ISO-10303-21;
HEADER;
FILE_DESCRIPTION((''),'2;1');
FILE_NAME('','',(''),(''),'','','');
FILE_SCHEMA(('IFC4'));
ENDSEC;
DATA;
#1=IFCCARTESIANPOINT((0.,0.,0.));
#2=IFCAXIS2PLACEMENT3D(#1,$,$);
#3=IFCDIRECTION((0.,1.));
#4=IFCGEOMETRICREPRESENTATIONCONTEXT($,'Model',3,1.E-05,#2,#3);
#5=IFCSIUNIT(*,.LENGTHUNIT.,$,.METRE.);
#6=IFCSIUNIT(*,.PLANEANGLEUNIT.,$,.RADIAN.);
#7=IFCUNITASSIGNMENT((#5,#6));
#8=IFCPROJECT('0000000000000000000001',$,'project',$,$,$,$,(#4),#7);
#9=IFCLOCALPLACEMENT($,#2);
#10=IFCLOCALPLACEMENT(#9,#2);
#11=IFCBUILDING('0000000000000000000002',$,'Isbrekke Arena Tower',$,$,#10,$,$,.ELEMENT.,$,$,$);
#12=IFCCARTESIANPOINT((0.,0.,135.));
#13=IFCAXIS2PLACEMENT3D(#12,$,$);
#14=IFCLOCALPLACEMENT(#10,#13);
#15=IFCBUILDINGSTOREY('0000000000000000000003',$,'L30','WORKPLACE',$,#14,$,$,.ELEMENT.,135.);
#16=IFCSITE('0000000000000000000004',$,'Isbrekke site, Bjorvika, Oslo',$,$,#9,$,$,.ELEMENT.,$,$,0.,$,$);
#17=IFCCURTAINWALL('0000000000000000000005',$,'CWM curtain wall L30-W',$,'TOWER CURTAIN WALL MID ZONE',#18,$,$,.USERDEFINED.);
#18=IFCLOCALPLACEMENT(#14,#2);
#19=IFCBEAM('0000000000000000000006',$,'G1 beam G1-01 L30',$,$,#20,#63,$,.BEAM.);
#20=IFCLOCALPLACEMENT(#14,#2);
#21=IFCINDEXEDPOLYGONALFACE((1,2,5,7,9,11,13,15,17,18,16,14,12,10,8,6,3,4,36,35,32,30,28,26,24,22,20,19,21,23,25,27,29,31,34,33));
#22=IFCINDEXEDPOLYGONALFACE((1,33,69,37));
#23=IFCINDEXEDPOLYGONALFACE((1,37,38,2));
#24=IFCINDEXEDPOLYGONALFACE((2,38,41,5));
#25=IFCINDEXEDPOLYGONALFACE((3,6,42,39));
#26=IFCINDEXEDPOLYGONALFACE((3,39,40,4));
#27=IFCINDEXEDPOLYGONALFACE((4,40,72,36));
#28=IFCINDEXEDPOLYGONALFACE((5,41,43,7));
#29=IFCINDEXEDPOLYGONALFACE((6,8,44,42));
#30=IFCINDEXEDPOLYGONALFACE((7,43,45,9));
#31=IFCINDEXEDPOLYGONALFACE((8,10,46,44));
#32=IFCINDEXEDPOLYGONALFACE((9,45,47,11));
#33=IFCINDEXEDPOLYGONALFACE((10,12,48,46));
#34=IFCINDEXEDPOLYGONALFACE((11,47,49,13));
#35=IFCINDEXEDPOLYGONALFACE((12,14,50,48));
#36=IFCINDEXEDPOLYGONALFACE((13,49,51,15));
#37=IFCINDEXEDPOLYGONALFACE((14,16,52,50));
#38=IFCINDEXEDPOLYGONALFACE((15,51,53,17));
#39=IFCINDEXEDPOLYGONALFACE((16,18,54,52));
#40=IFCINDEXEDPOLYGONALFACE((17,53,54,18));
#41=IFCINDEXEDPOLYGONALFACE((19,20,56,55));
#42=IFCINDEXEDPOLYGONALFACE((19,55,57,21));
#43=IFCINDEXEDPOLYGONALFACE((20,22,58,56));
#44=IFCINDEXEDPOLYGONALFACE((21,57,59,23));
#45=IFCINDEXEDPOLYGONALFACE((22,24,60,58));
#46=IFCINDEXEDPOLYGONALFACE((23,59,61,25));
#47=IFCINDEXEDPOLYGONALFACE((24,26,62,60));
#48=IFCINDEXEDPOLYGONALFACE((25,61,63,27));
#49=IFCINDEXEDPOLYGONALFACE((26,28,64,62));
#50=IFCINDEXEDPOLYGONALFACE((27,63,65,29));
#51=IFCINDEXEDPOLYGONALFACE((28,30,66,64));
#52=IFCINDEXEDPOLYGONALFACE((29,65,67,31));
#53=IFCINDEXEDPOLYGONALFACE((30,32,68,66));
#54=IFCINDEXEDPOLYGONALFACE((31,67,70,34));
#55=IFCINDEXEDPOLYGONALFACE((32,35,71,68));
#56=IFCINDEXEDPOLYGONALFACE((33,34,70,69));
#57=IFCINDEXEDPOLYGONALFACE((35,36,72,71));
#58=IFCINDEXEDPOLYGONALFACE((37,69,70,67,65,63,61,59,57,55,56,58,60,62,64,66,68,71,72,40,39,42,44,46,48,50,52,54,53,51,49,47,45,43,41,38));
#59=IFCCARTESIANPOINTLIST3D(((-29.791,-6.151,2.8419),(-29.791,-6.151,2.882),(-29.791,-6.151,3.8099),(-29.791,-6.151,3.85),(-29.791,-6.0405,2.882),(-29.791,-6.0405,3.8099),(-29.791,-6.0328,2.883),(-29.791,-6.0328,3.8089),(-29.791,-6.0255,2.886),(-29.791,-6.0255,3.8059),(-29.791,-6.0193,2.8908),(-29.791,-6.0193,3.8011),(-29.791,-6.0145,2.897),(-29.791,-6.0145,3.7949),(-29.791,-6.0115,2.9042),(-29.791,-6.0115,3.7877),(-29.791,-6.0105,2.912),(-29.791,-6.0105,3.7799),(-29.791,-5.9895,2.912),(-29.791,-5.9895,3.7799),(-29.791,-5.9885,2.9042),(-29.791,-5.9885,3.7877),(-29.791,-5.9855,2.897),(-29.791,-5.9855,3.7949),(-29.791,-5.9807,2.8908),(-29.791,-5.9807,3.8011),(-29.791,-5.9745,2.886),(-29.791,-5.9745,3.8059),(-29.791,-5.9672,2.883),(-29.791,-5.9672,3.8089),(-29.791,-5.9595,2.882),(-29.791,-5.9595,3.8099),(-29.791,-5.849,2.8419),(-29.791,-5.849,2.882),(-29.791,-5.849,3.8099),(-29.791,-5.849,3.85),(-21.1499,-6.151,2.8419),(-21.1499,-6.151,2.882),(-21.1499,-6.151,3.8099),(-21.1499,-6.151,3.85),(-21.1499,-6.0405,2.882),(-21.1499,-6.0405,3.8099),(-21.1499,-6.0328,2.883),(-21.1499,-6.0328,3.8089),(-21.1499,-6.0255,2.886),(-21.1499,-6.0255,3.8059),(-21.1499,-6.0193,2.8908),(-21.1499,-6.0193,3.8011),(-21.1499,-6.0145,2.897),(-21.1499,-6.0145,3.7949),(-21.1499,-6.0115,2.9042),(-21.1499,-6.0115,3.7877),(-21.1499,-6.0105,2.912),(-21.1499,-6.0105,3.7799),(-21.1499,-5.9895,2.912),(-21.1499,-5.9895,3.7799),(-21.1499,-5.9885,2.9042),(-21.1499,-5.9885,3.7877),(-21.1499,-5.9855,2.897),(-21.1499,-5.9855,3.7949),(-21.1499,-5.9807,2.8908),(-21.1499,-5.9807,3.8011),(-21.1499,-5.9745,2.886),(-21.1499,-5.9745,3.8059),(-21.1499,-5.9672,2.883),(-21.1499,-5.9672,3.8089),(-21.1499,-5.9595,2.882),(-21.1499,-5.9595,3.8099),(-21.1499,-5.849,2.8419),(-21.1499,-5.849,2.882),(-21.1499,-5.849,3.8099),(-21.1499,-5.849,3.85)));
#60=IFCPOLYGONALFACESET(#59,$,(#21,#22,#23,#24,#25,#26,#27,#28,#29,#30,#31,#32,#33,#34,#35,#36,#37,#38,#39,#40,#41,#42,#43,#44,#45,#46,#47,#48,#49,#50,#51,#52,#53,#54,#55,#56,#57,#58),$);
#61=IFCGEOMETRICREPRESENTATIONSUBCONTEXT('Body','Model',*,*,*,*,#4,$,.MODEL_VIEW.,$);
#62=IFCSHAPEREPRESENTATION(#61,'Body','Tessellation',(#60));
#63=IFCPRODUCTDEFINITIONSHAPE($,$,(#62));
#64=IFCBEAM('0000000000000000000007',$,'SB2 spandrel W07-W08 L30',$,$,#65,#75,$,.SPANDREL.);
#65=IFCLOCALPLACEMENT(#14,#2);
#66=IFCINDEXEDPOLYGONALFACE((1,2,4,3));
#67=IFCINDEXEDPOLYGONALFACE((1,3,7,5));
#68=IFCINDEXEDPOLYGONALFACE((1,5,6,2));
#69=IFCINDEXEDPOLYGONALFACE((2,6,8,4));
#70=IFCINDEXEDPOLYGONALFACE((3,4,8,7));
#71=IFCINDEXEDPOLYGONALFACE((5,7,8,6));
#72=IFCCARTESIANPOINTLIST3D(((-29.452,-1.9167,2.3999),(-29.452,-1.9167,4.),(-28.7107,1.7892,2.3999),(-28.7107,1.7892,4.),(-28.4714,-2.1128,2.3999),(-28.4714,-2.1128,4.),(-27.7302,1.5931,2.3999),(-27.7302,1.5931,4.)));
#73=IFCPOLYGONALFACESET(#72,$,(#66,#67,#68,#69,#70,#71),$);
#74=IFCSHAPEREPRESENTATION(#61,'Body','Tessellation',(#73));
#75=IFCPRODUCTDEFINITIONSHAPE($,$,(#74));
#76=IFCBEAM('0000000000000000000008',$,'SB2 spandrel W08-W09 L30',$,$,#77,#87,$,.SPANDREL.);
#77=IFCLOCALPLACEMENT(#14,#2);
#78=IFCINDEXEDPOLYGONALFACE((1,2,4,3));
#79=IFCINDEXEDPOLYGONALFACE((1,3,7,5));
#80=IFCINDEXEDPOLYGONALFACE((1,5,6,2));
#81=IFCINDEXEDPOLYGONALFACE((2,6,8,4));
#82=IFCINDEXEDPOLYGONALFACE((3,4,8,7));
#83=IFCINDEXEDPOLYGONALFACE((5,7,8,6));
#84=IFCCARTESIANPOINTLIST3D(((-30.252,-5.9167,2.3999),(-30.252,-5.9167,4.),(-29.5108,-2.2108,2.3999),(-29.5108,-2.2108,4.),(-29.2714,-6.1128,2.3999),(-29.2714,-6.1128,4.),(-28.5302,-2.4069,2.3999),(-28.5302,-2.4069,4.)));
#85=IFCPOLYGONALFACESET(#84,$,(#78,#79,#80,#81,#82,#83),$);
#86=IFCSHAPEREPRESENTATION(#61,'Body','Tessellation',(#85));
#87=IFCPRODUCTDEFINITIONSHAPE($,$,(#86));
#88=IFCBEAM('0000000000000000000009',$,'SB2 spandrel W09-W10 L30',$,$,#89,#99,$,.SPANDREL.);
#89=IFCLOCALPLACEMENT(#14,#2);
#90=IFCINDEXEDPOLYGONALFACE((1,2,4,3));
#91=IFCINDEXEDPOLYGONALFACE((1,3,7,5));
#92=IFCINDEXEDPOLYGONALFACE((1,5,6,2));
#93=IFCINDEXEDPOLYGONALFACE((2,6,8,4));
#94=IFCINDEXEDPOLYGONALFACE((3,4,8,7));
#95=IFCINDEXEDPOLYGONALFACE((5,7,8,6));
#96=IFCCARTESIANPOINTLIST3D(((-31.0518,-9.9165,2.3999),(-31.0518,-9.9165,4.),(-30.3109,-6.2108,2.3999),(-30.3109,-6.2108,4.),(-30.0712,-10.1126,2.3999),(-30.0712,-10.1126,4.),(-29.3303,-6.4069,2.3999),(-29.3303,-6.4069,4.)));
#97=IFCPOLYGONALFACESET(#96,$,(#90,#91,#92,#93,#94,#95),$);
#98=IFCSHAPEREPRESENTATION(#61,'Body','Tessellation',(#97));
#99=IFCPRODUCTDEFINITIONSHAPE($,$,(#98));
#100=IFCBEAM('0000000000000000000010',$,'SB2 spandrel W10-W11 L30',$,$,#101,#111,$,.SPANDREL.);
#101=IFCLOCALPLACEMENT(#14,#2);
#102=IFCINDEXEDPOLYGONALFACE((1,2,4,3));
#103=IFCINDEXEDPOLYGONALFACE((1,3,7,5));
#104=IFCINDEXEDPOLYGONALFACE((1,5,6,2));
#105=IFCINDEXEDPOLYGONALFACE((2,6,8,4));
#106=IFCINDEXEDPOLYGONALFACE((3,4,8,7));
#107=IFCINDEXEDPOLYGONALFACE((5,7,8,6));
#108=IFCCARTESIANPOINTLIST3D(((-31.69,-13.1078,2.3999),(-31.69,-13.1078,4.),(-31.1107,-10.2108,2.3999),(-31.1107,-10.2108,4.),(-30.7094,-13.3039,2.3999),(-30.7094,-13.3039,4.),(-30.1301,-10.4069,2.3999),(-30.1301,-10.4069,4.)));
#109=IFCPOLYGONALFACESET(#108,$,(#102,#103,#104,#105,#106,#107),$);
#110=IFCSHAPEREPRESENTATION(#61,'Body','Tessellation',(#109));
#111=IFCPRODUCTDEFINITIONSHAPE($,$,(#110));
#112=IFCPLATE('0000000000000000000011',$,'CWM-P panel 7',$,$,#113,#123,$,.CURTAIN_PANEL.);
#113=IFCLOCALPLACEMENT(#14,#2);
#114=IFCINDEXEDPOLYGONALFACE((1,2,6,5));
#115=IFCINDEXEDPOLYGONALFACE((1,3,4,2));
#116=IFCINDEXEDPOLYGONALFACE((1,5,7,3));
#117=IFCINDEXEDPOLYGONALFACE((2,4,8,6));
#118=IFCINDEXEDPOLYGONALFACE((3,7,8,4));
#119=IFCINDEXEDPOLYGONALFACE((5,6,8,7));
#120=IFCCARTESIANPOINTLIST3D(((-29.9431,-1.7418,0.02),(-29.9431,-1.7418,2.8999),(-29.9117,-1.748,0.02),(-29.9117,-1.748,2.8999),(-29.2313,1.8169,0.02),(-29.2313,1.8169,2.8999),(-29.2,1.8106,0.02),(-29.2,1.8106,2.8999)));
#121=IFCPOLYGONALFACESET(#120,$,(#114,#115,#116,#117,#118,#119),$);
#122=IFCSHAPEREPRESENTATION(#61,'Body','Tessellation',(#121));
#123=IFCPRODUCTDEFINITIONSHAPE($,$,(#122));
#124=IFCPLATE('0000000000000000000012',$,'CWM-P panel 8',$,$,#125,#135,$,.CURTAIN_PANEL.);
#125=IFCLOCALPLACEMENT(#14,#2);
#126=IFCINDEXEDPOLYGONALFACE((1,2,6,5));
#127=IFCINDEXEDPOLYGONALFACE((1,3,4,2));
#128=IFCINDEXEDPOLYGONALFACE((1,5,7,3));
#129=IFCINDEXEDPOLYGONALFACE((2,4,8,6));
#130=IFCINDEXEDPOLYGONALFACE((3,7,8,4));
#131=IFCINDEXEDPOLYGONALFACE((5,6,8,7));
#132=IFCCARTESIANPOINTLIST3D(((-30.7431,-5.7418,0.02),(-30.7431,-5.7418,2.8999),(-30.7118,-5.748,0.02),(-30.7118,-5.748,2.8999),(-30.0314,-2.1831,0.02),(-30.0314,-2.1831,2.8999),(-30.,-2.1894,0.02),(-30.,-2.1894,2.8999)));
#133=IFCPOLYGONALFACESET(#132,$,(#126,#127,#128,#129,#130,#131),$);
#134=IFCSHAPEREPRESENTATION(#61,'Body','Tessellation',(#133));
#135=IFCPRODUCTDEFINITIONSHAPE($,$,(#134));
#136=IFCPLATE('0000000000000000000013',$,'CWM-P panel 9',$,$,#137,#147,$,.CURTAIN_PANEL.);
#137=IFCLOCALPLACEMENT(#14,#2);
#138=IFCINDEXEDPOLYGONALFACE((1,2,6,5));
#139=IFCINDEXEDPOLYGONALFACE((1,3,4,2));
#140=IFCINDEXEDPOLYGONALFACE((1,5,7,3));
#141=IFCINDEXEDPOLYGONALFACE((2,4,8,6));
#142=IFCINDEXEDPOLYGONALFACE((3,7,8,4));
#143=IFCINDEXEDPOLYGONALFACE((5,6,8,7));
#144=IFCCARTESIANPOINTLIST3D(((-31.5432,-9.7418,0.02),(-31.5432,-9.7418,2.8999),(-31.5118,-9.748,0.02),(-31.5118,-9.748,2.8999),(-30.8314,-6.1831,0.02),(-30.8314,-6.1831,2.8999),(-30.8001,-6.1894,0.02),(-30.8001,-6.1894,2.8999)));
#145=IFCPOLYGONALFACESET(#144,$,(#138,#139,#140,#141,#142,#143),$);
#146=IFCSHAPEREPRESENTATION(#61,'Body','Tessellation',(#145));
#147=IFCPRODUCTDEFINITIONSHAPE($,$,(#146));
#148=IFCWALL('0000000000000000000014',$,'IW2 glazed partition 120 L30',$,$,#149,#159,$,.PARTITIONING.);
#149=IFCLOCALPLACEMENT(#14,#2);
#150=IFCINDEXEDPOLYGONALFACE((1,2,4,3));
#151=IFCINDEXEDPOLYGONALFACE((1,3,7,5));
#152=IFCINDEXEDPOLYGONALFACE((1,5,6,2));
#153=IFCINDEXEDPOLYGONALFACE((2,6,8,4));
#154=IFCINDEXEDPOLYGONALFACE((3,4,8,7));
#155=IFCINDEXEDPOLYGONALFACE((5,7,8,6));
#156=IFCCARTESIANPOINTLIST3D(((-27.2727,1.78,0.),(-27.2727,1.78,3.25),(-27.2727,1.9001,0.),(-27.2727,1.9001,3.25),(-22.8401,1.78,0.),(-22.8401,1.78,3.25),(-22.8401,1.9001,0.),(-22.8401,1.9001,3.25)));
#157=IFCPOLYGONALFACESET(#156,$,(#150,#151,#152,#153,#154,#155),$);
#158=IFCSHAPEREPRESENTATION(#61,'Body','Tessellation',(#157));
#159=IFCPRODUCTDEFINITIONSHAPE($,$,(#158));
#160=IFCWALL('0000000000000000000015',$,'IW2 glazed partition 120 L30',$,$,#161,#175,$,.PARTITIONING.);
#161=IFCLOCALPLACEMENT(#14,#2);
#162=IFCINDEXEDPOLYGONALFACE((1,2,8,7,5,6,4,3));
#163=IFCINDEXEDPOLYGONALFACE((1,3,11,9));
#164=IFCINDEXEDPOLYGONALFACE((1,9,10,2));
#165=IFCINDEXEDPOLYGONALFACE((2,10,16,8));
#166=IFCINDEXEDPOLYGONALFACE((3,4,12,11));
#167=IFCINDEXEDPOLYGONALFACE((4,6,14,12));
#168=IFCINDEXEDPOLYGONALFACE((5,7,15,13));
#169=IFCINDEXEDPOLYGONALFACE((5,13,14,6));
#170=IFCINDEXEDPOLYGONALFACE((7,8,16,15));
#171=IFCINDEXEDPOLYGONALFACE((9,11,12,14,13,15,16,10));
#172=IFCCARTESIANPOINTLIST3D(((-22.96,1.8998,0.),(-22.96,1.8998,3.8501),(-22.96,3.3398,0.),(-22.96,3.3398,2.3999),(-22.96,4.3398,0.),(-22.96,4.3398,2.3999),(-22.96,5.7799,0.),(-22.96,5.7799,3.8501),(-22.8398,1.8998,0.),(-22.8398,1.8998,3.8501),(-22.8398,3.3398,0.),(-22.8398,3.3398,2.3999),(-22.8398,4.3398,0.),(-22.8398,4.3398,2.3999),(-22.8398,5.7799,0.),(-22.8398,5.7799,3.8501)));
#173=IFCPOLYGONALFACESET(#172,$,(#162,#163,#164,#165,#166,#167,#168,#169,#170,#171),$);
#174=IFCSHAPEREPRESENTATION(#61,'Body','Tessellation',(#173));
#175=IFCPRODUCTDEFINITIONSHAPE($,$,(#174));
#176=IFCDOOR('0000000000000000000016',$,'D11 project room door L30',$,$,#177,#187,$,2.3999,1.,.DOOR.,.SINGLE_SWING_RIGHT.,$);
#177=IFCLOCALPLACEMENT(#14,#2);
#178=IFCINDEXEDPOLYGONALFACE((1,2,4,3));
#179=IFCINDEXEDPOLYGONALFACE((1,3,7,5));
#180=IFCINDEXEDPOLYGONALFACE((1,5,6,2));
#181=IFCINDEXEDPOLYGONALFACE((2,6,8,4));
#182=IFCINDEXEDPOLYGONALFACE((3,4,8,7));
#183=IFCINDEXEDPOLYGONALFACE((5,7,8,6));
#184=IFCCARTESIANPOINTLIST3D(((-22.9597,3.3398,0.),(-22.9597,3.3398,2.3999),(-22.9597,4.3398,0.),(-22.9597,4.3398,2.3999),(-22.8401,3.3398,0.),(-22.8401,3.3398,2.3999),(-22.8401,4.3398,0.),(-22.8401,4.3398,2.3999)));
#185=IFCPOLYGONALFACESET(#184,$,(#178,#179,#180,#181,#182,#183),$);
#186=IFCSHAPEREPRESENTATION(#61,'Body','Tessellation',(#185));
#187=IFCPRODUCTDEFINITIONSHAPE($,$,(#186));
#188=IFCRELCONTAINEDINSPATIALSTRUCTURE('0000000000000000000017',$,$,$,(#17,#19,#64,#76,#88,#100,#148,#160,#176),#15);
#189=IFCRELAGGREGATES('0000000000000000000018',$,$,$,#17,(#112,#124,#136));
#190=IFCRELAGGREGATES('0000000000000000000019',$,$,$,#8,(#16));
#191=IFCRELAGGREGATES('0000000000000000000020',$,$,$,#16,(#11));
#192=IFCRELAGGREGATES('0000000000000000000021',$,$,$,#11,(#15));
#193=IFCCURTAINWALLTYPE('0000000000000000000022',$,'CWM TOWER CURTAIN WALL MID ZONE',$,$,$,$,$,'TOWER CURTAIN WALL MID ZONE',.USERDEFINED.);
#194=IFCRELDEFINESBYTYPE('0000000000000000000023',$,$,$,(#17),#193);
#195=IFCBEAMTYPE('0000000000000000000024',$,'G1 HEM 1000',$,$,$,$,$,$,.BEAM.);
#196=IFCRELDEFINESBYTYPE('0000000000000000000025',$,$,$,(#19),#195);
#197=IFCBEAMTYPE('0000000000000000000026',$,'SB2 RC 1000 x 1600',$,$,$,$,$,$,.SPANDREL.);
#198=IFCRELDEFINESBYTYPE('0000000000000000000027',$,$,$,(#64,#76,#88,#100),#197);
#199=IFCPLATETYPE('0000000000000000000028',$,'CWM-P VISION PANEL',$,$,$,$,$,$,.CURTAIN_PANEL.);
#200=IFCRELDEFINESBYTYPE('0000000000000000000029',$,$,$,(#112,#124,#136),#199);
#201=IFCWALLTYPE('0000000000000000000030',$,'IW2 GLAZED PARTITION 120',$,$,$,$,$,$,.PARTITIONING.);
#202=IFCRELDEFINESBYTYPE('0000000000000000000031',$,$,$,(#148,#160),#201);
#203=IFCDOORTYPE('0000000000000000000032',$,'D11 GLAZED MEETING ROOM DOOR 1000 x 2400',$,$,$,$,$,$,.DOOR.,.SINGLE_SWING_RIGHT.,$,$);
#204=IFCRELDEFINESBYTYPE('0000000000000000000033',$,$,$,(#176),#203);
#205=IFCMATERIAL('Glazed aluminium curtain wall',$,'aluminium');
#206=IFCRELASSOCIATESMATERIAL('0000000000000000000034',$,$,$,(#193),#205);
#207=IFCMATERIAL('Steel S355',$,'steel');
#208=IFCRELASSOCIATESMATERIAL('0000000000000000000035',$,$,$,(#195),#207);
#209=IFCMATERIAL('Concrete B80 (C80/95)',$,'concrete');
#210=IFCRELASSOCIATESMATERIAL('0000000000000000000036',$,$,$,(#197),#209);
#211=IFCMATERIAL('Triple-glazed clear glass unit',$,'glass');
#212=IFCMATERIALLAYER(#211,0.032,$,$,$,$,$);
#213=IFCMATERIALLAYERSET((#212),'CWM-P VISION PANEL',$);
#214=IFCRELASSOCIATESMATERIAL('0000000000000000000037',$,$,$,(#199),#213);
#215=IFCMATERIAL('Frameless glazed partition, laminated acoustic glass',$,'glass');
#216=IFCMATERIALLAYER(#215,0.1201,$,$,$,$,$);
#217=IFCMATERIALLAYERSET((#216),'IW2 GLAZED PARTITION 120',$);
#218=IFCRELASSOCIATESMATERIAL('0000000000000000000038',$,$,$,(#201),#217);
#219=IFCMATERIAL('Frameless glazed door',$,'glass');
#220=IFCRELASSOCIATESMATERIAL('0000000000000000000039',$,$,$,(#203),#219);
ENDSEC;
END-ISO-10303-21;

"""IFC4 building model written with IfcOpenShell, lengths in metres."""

from ifc_helpers import new_model, si_unit, direction, frame, frame_2d, origin, origin_2d, place, context, subcontext, project, spatial, rectangle, i_section, extrude, material, layer, layer_set, material_profile, profile_set, type_object, element, fill, aggregate, save


model = new_model("IFC4")

# Units and contexts
model_context = context("Model", 3, precision=1e-05, world=origin(), true_north=direction((0.0, 1.0)))
body_context = subcontext(model_context, "Body", "Model", "MODEL_VIEW")
ifc_project = project(units=[si_unit("LENGTHUNIT", "METRE"), si_unit("PLANEANGLEUNIT", "RADIAN")], contexts=[model_context])

# Site, building, storey
site_placement = place(None, origin())
site = spatial("IfcSite", under=ifc_project, at=site_placement, Name="Isbrekke site, Bjorvika, Oslo", CompositionType="ELEMENT", RefElevation=0.0)
building_placement = place(site_placement, origin())
building = spatial("IfcBuilding", under=site, at=building_placement, Name="Isbrekke Arena Tower", CompositionType="ELEMENT")
storey_placement = place(building_placement, frame((0.0, 0.0, 135.0)))
storey = spatial("IfcBuildingStorey", under=building, at=storey_placement, Name="L30", Description="WORKPLACE", CompositionType="ELEMENT", Elevation=135.0)

# Curtain wall
ifc_material_1 = material(Name="Glazed aluminium curtain wall", Category="aluminium")
curtain_wall_type = type_object("IfcCurtainWallType", Name="CWM TOWER CURTAIN WALL MID ZONE", ElementType="TOWER CURTAIN WALL MID ZONE", PredefinedType="USERDEFINED", material=ifc_material_1)
curtain_wall_placement = place(storey_placement, origin())
curtain_wall = element("IfcCurtainWall", 1, at=curtain_wall_placement, inside=storey, type_object=curtain_wall_type, Name="CWM curtain wall L30-W", ObjectType="TOWER CURTAIN WALL MID ZONE", PredefinedType="USERDEFINED")

# Beams
ifc_material_2 = material(Name="Steel S355", Category="steel")
ifc_material_profile_1 = material_profile(ifc_material_2, i_section(OverallWidth=0.302, OverallDepth=1.0081, WebThickness=0.021, FlangeThickness=0.04, FilletRadius=0.03, at=origin_2d()), Name="HEM 1000")
ifc_profile_set_1 = profile_set([ifc_material_profile_1], Name="Steel S355")
beam_type_1 = type_object("IfcBeamType", Name="G1 HEM 1000", PredefinedType="BEAM", material=ifc_profile_set_1)
beam_1_placement = place(storey_placement, frame((-29.791, -6.0, 3.3459), z_axis=(1.0, 0.0, 0.0), x_axis=(0.0, 1.0, 0.0)))
element("IfcBeam", 2, at=beam_1_placement, inside=storey, type_object=beam_type_1, Name="G1 beam G1-01 L30", PredefinedType="BEAM", context=body_context, shape_type="SweptSolid", body=[
    extrude(i_section(OverallWidth=0.302, OverallDepth=1.0081, WebThickness=0.021, FlangeThickness=0.04, FilletRadius=0.03, at=origin_2d()), origin(), (0.0, 0.0, 1.0), 8.6411),
])
ifc_material_3 = material(Name="Concrete B80 (C80/95)", Category="concrete")
ifc_material_profile_2 = material_profile(ifc_material_3, rectangle(XDim=1.0, YDim=1.6001, at=origin_2d()), Name="RC 1000x1600")
ifc_profile_set_2 = profile_set([ifc_material_profile_2], Name="Concrete B80 (C80/95)")
beam_type_2 = type_object("IfcBeamType", Name="SB2 RC 1000 x 1600", PredefinedType="SPANDREL", material=ifc_profile_set_2)
for number, where, z_axis, x_axis, name in (
    (3, (-28.2205, 1.6912, 3.2), (-0.196129, -0.980578, 0.0), (0.980578, -0.196129, 0.0), "SB2 spandrel W07-W08 L30"),
    (4, (-29.0205, -2.3088, 3.2), (-0.196129, -0.980578, 0.0), (0.980578, -0.196129, 0.0), "SB2 spandrel W08-W09 L30"),
):
    element("IfcBeam", number, at=place(storey_placement, frame(where, z_axis=z_axis, x_axis=x_axis)), inside=storey, type_object=beam_type_2, Name=name, PredefinedType="SPANDREL", context=body_context, shape_type="SweptSolid", body=[
        extrude(rectangle(XDim=1.0, YDim=1.6001, at=origin_2d()), origin(), (0.0, 0.0, 1.0), 3.7793),
    ])
beam_2_placement = place(storey_placement, frame((-29.8206, -6.3088, 3.2), z_axis=(-0.196066, -0.980591, 0.0), x_axis=(0.980591, -0.196066, 0.0)))
element("IfcBeam", 5, at=beam_2_placement, inside=storey, type_object=beam_type_2, Name="SB2 spandrel W09-W10 L30", PredefinedType="SPANDREL", context=body_context, shape_type="SweptSolid", body=[
    extrude(rectangle(XDim=1.0, YDim=1.6001, at=origin_2d()), origin(), (0.0, 0.0, 1.0), 3.7791),
])
beam_3_placement = place(storey_placement, frame((-30.6204, -10.3088, 3.2), z_axis=(-0.1961, -0.980584, 0.0), x_axis=(0.980584, -0.1961, 0.0)))
element("IfcBeam", 6, at=beam_3_placement, inside=storey, type_object=beam_type_2, Name="SB2 spandrel W10-W11 L30", PredefinedType="SPANDREL", context=body_context, shape_type="SweptSolid", body=[
    extrude(rectangle(XDim=1.0, YDim=1.6001, at=origin_2d()), origin(), (0.0, 0.0, 1.0), 2.9543),
])

# Plates
ifc_material_4 = material(Name="Triple-glazed clear glass unit", Category="glass")
ifc_layer_1 = layer(ifc_material_4, 0.032)
ifc_layer_set_1 = layer_set([ifc_layer_1], Name="CWM-P VISION PANEL")
plate_type = type_object("IfcPlateType", Name="CWM-P VISION PANEL", PredefinedType="CURTAIN_PANEL", material=ifc_layer_set_1)
plate_1_placement = place(storey_placement, frame((-29.5715, 0.0344, 0.02), z_axis=(0.0, 0.0, 1.0), x_axis=(-0.196116, -0.980581, 0.0)))
plate_1 = element("IfcPlate", 7, at=plate_1_placement, type_object=plate_type, Name="CWM-P panel 7", PredefinedType="CURTAIN_PANEL", context=body_context, shape_type="SweptSolid", body=[
    extrude(rectangle(XDim=3.6292, YDim=0.032, at=origin_2d()), origin(), (0.0, 0.0, 1.0), 2.8799),
])
plate_2_placement = place(storey_placement, frame((-30.3716, -3.9656, 0.02), z_axis=(0.0, 0.0, 1.0), x_axis=(-0.196116, -0.980581, 0.0)))
plate_2 = element("IfcPlate", 8, at=plate_2_placement, type_object=plate_type, Name="CWM-P panel 8", PredefinedType="CURTAIN_PANEL", context=body_context, shape_type="SweptSolid", body=[
    extrude(rectangle(XDim=3.6292, YDim=0.032, at=origin_2d()), origin(), (0.0, 0.0, 1.0), 2.8799),
])
plate_3_placement = place(storey_placement, frame((-31.1716, -7.9656, 0.02), z_axis=(0.0, 0.0, 1.0), x_axis=(-0.196116, -0.980581, 0.0)))
plate_3 = element("IfcPlate", 9, at=plate_3_placement, type_object=plate_type, Name="CWM-P panel 9", PredefinedType="CURTAIN_PANEL", context=body_context, shape_type="SweptSolid", body=[
    extrude(rectangle(XDim=3.6292, YDim=0.032, at=origin_2d()), origin(), (0.0, 0.0, 1.0), 2.8799),
])
aggregate(curtain_wall, [plate_1, plate_2, plate_3])

# Wall
ifc_material_5 = material(Name="Frameless glazed partition, laminated acoustic glass", Category="glass")
ifc_layer_2 = layer(ifc_material_5, 0.1201)
ifc_layer_set_2 = layer_set([ifc_layer_2], Name="IW2 GLAZED PARTITION 120")
wall_type = type_object("IfcWallType", Name="IW2 GLAZED PARTITION 120", PredefinedType="PARTITIONING", material=ifc_layer_set_2)
wall_1_placement = place(storey_placement, frame((-27.2727, 1.8401, 0.0), z_axis=(0.0, 0.0, 1.0), x_axis=(1.0, 0.0, 0.0)))
element("IfcWall", 10, at=wall_1_placement, inside=storey, type_object=wall_type, Name="IW2 glazed partition 120 L30", PredefinedType="PARTITIONING", context=body_context, shape_type="SweptSolid", body=[
    extrude(rectangle(XDim=4.4326, YDim=0.1201, at=frame_2d((2.2163, 0.0))), origin(), (0.0, 0.0, 1.0), 3.25),
])

# Wall, opening, door
wall_2_placement = place(storey_placement, frame((-22.8999, 1.8999, 0.0), z_axis=(0.0, 0.0, 1.0), x_axis=(0.0, 1.0, 0.0)))
wall_2 = element("IfcWall", 11, at=wall_2_placement, inside=storey, type_object=wall_type, Name="IW2 glazed partition 120 L30", PredefinedType="PARTITIONING", context=body_context, shape_type="SweptSolid", body=[
    extrude(rectangle(XDim=3.8801, YDim=0.1201, at=frame_2d((1.9399, 0.0))), origin(), (0.0, 0.0, 1.0), 3.8501),
])
opening_placement = place(wall_2_placement, frame((1.4399, 0.0, 0.0)))
opening = element("IfcOpeningElement", 12, at=opening_placement, cuts=wall_2, PredefinedType="OPENING", context=body_context, shape_type="SweptSolid", body=[
    extrude(rectangle(XDim=1.0, YDim=2.3999, at=frame_2d((0.5, 1.2))), frame((0.0, 0.075, 0.0), z_axis=(0.0, -1.0, 0.0), x_axis=(1.0, 0.0, 0.0)), (0.0, 0.0, 1.0), 0.1499),
])
ifc_material_6 = material(Name="Frameless glazed door", Category="glass")
door_type = type_object("IfcDoorType", Name="D11 GLAZED MEETING ROOM DOOR 1000 x 2400", OperationType="SINGLE_SWING_RIGHT", PredefinedType="DOOR", material=ifc_material_6)
door_placement = place(opening_placement, origin())
door = element("IfcDoor", 13, at=door_placement, inside=storey, type_object=door_type, Name="D11 project room door L30", OperationType="SINGLE_SWING_RIGHT", OverallHeight=2.3999, OverallWidth=1.0, PredefinedType="DOOR", context=body_context, shape_type="SweptSolid", body=[
    extrude(rectangle(XDim=1.0, YDim=2.3999, at=frame_2d((0.5, 1.2))), frame((0.0, 0.0598, 0.0), z_axis=(0.0, -1.0, 0.0), x_axis=(1.0, 0.0, 0.0)), (0.0, 0.0, 1.0), 0.1196),
])
fill(opening, door)

save(model, "model.ifc")
